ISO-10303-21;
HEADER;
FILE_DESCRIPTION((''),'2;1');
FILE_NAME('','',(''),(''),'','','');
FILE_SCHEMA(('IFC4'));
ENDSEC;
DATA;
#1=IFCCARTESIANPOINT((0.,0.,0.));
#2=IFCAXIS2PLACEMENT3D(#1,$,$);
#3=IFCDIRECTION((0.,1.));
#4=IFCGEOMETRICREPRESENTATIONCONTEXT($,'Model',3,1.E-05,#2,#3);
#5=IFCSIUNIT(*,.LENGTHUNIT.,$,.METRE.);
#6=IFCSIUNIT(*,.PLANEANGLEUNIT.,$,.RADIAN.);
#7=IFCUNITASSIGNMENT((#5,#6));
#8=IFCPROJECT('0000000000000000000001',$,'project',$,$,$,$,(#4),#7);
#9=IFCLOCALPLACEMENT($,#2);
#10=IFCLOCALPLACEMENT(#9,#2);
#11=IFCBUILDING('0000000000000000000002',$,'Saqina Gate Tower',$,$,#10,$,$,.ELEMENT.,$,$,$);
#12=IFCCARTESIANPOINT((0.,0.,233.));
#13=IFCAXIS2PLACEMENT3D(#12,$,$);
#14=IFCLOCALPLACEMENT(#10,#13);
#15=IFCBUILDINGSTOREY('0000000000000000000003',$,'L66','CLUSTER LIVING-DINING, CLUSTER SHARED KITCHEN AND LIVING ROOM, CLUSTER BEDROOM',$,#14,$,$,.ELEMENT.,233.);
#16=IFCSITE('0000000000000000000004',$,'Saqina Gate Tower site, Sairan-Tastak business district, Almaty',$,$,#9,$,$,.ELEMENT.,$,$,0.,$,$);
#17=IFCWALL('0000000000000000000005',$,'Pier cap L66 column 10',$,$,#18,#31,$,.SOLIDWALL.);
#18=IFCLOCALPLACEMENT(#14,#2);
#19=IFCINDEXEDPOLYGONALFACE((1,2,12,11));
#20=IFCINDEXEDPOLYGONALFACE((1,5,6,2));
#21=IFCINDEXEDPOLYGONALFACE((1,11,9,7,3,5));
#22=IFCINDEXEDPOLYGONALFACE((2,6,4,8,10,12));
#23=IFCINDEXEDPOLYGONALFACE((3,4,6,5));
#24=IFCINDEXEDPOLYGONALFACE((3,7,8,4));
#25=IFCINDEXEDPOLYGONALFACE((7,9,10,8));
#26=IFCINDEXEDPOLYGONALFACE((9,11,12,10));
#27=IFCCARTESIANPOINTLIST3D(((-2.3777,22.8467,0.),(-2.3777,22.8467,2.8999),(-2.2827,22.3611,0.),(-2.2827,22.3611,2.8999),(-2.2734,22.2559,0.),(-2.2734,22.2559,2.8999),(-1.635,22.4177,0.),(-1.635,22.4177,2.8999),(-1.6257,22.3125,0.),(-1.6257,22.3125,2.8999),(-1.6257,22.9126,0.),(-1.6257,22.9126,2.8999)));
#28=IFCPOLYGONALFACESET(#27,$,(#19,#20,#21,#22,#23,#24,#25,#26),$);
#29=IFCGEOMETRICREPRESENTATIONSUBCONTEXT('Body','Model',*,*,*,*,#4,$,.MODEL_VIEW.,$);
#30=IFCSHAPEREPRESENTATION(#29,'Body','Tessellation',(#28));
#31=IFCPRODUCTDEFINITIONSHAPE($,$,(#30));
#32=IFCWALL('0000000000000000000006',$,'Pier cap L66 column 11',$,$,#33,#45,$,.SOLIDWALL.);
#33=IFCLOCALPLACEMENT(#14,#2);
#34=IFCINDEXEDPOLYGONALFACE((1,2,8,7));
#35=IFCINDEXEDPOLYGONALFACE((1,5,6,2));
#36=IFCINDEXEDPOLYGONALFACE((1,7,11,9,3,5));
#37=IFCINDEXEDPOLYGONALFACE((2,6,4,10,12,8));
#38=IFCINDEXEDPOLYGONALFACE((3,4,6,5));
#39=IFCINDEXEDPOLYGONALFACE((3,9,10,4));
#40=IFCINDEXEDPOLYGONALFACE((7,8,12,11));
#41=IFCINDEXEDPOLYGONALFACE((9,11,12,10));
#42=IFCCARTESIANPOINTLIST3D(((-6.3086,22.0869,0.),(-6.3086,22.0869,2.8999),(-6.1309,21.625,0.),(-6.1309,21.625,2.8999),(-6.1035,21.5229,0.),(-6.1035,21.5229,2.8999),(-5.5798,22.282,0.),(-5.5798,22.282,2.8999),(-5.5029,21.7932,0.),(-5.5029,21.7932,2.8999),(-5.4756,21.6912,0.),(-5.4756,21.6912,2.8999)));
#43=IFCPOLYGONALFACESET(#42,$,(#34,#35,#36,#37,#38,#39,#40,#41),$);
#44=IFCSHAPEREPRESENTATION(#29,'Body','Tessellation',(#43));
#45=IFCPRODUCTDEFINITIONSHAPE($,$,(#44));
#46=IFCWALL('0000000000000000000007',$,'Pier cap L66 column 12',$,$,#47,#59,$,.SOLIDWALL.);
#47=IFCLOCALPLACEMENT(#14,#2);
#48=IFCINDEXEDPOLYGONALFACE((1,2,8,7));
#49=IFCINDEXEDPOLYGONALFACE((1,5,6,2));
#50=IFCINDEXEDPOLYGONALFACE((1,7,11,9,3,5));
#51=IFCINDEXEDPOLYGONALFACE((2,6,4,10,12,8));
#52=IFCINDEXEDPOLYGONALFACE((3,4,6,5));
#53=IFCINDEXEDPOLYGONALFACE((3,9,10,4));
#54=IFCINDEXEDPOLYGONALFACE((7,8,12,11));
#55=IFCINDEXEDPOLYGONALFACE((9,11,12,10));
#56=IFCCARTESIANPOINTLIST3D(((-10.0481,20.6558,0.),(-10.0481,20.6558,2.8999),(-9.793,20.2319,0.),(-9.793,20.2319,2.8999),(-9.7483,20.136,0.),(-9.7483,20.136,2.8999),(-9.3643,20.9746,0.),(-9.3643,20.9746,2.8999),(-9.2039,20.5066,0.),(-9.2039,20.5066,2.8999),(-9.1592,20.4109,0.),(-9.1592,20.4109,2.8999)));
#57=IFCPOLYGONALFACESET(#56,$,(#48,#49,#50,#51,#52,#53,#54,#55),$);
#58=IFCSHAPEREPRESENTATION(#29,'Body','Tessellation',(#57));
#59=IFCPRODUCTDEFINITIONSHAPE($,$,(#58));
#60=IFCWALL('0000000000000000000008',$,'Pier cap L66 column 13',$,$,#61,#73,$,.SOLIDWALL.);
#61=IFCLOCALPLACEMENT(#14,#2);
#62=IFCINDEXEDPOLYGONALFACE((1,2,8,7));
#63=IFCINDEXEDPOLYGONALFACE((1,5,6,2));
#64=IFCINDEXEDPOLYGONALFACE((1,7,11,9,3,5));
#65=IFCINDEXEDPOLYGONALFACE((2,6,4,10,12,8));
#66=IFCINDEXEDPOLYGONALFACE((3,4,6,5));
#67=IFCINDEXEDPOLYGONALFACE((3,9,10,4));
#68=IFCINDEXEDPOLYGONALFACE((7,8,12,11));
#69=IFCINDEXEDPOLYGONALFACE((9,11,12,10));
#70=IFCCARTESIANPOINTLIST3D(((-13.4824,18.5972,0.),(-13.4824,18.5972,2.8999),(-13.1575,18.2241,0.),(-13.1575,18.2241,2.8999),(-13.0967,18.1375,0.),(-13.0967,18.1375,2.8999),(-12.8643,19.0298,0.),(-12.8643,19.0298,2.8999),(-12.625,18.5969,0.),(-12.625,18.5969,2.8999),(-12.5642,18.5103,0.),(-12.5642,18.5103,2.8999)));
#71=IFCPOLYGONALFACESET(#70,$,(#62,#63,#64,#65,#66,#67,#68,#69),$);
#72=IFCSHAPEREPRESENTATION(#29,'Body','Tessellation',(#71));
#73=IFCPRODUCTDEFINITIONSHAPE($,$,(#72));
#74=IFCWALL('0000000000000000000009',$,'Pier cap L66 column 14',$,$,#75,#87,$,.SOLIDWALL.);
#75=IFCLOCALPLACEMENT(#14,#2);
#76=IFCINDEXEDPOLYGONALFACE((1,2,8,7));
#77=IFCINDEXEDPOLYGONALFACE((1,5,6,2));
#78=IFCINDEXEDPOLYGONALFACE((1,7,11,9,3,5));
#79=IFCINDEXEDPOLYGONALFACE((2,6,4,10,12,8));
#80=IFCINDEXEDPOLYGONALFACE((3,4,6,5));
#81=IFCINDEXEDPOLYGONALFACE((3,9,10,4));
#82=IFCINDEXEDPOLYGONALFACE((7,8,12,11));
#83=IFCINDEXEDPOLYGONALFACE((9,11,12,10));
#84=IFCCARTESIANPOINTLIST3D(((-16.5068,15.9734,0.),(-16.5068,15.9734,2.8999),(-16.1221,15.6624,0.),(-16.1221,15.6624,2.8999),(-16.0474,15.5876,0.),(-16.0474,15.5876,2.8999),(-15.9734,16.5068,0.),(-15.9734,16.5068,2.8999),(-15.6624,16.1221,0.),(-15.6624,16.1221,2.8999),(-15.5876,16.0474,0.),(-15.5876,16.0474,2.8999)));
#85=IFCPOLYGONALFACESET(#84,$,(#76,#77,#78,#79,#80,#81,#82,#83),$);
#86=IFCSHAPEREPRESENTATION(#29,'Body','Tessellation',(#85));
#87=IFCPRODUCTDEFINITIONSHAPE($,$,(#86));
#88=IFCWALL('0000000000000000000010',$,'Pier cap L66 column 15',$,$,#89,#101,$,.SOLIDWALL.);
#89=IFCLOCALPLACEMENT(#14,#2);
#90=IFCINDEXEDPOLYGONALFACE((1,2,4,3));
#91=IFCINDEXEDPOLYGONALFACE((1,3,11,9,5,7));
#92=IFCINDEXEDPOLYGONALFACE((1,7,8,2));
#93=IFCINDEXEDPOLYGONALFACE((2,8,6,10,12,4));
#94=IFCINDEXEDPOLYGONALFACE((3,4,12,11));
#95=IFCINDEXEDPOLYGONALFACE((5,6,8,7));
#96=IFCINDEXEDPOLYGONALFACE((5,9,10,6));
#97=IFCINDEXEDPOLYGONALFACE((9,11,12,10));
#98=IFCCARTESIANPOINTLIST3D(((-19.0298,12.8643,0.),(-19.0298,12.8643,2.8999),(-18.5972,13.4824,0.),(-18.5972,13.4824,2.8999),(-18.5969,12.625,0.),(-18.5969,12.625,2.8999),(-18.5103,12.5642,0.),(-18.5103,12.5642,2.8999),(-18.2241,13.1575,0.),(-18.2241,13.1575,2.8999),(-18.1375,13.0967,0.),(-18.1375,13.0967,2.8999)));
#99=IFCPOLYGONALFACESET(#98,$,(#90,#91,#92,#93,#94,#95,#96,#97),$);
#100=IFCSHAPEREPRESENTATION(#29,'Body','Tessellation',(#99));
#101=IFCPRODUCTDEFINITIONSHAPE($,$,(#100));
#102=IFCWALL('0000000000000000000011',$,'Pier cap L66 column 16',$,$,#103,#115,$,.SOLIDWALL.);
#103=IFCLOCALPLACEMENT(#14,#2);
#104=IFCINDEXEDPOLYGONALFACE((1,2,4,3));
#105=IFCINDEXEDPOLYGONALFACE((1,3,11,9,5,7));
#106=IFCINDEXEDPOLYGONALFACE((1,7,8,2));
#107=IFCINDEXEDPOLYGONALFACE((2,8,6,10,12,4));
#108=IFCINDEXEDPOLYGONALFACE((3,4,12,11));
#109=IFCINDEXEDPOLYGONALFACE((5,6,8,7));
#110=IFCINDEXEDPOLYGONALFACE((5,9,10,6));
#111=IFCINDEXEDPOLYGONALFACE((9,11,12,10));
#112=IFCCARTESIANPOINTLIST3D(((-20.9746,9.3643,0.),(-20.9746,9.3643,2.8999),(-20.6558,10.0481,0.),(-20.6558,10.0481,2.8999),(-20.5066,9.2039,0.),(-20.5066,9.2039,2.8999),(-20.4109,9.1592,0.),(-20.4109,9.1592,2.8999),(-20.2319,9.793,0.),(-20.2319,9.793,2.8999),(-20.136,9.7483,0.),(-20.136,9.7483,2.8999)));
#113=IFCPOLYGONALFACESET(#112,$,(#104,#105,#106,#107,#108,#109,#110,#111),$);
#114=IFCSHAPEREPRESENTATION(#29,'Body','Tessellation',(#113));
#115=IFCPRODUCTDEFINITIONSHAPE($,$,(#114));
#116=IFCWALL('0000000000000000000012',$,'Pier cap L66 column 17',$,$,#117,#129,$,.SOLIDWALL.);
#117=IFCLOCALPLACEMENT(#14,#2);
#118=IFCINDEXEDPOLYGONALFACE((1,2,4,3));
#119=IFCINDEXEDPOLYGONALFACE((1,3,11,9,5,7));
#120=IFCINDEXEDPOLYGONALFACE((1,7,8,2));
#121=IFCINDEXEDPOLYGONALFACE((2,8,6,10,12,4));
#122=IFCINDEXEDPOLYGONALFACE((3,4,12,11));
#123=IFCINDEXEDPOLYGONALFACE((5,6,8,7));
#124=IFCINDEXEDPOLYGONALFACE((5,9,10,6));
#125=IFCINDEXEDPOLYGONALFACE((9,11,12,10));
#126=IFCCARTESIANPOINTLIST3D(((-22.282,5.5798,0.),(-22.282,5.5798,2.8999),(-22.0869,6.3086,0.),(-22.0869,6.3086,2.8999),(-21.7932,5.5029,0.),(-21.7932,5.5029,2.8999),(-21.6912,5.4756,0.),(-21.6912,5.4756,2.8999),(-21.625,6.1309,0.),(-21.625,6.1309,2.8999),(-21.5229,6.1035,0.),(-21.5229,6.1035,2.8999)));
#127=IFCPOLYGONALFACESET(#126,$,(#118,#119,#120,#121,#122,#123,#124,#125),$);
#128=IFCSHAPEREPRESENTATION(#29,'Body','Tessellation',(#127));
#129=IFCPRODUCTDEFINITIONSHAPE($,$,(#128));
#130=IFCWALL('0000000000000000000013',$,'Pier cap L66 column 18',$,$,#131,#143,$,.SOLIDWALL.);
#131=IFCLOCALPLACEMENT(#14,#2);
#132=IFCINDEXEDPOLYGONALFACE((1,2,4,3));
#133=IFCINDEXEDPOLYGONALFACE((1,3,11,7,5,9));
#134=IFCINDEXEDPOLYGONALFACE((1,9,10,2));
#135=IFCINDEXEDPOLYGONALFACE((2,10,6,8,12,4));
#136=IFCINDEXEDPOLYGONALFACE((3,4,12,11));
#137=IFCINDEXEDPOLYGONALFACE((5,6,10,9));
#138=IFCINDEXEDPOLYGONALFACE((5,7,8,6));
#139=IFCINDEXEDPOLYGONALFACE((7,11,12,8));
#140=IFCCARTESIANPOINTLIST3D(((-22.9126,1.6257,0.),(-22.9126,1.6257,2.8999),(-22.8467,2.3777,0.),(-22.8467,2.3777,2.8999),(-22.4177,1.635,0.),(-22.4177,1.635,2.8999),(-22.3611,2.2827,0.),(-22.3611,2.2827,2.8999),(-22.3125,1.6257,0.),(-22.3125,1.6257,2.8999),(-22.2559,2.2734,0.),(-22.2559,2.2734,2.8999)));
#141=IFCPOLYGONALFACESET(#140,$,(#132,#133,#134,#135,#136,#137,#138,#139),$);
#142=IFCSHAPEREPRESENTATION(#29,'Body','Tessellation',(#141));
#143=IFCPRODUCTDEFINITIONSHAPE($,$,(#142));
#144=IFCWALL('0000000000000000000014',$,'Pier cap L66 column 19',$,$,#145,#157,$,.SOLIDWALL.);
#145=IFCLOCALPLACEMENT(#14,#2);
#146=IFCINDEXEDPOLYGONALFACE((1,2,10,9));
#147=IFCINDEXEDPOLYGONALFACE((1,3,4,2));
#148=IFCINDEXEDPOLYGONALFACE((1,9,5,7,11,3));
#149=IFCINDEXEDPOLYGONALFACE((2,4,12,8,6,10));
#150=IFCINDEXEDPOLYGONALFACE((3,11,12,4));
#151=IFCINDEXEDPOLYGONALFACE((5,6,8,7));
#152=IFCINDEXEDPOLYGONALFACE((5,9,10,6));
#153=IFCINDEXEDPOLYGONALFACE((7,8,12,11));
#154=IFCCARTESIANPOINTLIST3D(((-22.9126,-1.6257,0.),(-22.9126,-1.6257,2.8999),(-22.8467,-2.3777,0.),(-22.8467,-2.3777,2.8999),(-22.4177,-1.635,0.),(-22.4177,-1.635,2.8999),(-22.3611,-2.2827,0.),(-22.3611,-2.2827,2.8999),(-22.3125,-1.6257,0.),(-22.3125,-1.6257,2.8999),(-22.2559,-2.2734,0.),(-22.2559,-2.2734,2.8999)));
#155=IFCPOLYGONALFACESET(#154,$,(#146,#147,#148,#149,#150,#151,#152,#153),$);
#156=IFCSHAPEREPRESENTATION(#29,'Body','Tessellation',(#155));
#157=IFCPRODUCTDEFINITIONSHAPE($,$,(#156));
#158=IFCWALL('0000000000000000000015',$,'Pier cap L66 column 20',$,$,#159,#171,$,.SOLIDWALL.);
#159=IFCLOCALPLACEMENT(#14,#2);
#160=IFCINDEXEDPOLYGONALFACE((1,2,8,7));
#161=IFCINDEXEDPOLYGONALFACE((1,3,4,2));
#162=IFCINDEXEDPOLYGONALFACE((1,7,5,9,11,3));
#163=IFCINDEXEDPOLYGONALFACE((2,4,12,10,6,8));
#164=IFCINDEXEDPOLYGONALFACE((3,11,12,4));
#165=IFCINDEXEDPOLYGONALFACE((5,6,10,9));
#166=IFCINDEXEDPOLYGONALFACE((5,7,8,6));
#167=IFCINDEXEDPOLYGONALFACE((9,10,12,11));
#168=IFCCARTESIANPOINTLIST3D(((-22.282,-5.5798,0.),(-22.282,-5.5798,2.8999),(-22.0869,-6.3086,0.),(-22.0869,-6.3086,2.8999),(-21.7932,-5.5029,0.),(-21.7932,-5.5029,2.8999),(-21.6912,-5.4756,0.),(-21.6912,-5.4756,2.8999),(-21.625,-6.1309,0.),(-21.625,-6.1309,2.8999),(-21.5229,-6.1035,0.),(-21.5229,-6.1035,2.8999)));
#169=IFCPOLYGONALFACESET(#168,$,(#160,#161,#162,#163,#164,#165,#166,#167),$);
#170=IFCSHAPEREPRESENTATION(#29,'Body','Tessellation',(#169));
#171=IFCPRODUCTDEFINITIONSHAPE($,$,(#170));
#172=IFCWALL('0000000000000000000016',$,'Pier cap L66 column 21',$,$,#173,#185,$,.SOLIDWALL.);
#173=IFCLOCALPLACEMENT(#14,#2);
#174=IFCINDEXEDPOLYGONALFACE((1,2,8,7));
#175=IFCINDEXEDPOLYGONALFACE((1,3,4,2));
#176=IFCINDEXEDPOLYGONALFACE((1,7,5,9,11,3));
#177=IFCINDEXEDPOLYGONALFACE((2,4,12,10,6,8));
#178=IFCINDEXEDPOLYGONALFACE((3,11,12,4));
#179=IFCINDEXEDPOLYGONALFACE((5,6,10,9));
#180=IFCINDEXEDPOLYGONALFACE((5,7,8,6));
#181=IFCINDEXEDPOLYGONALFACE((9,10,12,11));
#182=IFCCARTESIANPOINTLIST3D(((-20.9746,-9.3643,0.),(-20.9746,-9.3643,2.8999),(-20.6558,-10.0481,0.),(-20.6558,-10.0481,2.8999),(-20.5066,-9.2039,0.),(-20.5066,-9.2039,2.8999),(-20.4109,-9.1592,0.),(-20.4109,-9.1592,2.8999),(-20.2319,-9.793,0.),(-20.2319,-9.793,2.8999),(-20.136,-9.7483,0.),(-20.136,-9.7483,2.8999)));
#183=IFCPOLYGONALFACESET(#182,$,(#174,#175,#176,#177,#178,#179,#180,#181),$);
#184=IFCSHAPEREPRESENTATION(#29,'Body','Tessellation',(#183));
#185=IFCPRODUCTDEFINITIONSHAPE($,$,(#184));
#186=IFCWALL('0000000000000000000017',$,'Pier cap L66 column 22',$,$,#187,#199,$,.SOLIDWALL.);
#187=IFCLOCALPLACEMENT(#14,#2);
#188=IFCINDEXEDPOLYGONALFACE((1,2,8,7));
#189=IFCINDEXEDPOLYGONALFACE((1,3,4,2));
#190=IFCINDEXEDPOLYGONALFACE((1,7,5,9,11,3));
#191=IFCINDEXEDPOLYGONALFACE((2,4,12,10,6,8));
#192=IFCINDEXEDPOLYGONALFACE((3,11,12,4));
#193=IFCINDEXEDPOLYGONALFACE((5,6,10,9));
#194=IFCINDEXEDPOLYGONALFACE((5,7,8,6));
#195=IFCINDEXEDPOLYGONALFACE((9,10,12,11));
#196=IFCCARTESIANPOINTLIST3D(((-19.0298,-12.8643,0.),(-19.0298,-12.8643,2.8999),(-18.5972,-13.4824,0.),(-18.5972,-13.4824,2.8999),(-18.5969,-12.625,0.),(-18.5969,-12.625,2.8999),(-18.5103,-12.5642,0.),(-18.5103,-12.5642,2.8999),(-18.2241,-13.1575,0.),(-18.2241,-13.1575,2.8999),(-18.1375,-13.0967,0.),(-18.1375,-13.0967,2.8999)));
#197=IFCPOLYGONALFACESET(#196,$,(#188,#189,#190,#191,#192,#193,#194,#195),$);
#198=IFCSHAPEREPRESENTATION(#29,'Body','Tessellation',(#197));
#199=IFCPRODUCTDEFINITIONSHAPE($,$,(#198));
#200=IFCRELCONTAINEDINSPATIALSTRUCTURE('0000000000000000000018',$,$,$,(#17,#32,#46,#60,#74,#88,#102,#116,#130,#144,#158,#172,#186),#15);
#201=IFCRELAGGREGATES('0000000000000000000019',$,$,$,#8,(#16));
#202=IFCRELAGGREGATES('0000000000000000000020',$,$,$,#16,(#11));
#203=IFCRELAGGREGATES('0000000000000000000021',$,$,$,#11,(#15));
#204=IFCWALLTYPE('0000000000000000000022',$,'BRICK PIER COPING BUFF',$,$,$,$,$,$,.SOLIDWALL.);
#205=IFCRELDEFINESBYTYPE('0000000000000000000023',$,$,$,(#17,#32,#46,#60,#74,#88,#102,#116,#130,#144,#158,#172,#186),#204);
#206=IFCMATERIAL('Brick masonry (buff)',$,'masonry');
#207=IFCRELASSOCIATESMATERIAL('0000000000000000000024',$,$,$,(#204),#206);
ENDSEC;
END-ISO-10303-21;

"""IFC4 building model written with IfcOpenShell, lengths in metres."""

from ifc_helpers import new_model, si_unit, direction, frame, origin, place, context, subcontext, project, spatial, polyline, outline, extrude, material, type_object, element, save


model = new_model("IFC4")

# Units and contexts
model_context = context("Model", 3, precision=1e-05, world=origin(), true_north=direction((0.0, 1.0)))
body_context = subcontext(model_context, "Body", "Model", "MODEL_VIEW")
ifc_project = project(units=[si_unit("LENGTHUNIT", "METRE"), si_unit("PLANEANGLEUNIT", "RADIAN")], contexts=[model_context])

# Site, building, storey
site_placement = place(None, origin())
site = spatial("IfcSite", under=ifc_project, at=site_placement, Name="Saqina Gate Tower site, Sairan-Tastak business district, Almaty", CompositionType="ELEMENT", RefElevation=0.0)
building_placement = place(site_placement, origin())
building = spatial("IfcBuilding", under=site, at=building_placement, Name="Saqina Gate Tower", CompositionType="ELEMENT")
storey_placement = place(building_placement, frame((0.0, 0.0, 233.0)))
storey = spatial("IfcBuildingStorey", under=building, at=storey_placement, Name="L66", Description="CLUSTER LIVING-DINING, CLUSTER SHARED KITCHEN AND LIVING ROOM, CLUSTER BEDROOM", CompositionType="ELEMENT", Elevation=233.0)

# Walls
ifc_material = material(Name="Brick masonry (buff)", Category="masonry")
wall_type = type_object("IfcWallType", Name="BRICK PIER COPING BUFF", PredefinedType="SOLIDWALL", material=ifc_material)
wall_1_placement = place(storey_placement, origin())
element("IfcWall", 1, at=wall_1_placement, inside=storey, type_object=wall_type, Name="Pier cap L66 column 10", PredefinedType="SOLIDWALL", context=body_context, shape_type="SweptSolid", body=[
    extrude(outline(polyline([(-1.6257, 22.9126), (-2.3777, 22.8467), (-2.2734, 22.2559), (-2.2827, 22.3611), (-1.635, 22.4177), (-1.6257, 22.3125), (-1.6257, 22.9126)])), origin(), (0.0, 0.0, 1.0), 2.8999),
])
wall_2_placement = place(storey_placement, origin())
element("IfcWall", 2, at=wall_2_placement, inside=storey, type_object=wall_type, Name="Pier cap L66 column 11", PredefinedType="SOLIDWALL", context=body_context, shape_type="SweptSolid", body=[
    extrude(outline(polyline([(-6.3086, 22.0869), (-6.1035, 21.5229), (-6.1309, 21.625), (-5.5029, 21.7932), (-5.4756, 21.6912), (-5.5798, 22.282), (-6.3086, 22.0869)])), origin(), (0.0, 0.0, 1.0), 2.8999),
])
wall_3_placement = place(storey_placement, origin())
element("IfcWall", 3, at=wall_3_placement, inside=storey, type_object=wall_type, Name="Pier cap L66 column 12", PredefinedType="SOLIDWALL", context=body_context, shape_type="SweptSolid", body=[
    extrude(outline(polyline([(-9.3643, 20.9746), (-10.0481, 20.6558), (-9.7483, 20.136), (-9.793, 20.2319), (-9.2039, 20.5066), (-9.1592, 20.4109), (-9.3643, 20.9746)])), origin(), (0.0, 0.0, 1.0), 2.8999),
])
wall_4_placement = place(storey_placement, origin())
element("IfcWall", 4, at=wall_4_placement, inside=storey, type_object=wall_type, Name="Pier cap L66 column 13", PredefinedType="SOLIDWALL", context=body_context, shape_type="SweptSolid", body=[
    extrude(outline(polyline([(-12.8643, 19.0298), (-13.4824, 18.5972), (-13.0967, 18.1375), (-13.1575, 18.2241), (-12.625, 18.5969), (-12.5642, 18.5103), (-12.8643, 19.0298)])), origin(), (0.0, 0.0, 1.0), 2.8999),
])
wall_5_placement = place(storey_placement, origin())
element("IfcWall", 5, at=wall_5_placement, inside=storey, type_object=wall_type, Name="Pier cap L66 column 14", PredefinedType="SOLIDWALL", context=body_context, shape_type="SweptSolid", body=[
    extrude(outline(polyline([(-16.5068, 15.9734), (-16.0474, 15.5876), (-16.1221, 15.6624), (-15.6624, 16.1221), (-15.5876, 16.0474), (-15.9734, 16.5068), (-16.5068, 15.9734)])), origin(), (0.0, 0.0, 1.0), 2.8999),
])
wall_6_placement = place(storey_placement, origin())
element("IfcWall", 6, at=wall_6_placement, inside=storey, type_object=wall_type, Name="Pier cap L66 column 15", PredefinedType="SOLIDWALL", context=body_context, shape_type="SweptSolid", body=[
    extrude(outline(polyline([(-19.0298, 12.8643), (-18.5103, 12.5642), (-18.5969, 12.625), (-18.2241, 13.1575), (-18.1375, 13.0967), (-18.5972, 13.4824), (-19.0298, 12.8643)])), origin(), (0.0, 0.0, 1.0), 2.8999),
])
wall_7_placement = place(storey_placement, origin())
element("IfcWall", 7, at=wall_7_placement, inside=storey, type_object=wall_type, Name="Pier cap L66 column 16", PredefinedType="SOLIDWALL", context=body_context, shape_type="SweptSolid", body=[
    extrude(outline(polyline([(-20.6558, 10.0481), (-20.9746, 9.3643), (-20.4109, 9.1592), (-20.5066, 9.2039), (-20.2319, 9.793), (-20.136, 9.7483), (-20.6558, 10.0481)])), origin(), (0.0, 0.0, 1.0), 2.8999),
])
wall_8_placement = place(storey_placement, origin())
element("IfcWall", 8, at=wall_8_placement, inside=storey, type_object=wall_type, Name="Pier cap L66 column 17", PredefinedType="SOLIDWALL", context=body_context, shape_type="SweptSolid", body=[
    extrude(outline(polyline([(-22.282, 5.5798), (-21.6912, 5.4756), (-21.7932, 5.5029), (-21.625, 6.1309), (-21.5229, 6.1035), (-22.0869, 6.3086), (-22.282, 5.5798)])), origin(), (0.0, 0.0, 1.0), 2.8999),
])
wall_9_placement = place(storey_placement, origin())
element("IfcWall", 9, at=wall_9_placement, inside=storey, type_object=wall_type, Name="Pier cap L66 column 18", PredefinedType="SOLIDWALL", context=body_context, shape_type="SweptSolid", body=[
    extrude(outline(polyline([(-22.8467, 2.3777), (-22.9126, 1.6257), (-22.3125, 1.6257), (-22.4177, 1.635), (-22.3611, 2.2827), (-22.2559, 2.2734), (-22.8467, 2.3777)])), origin(), (0.0, 0.0, 1.0), 2.8999),
])
wall_10_placement = place(storey_placement, origin())
element("IfcWall", 10, at=wall_10_placement, inside=storey, type_object=wall_type, Name="Pier cap L66 column 19", PredefinedType="SOLIDWALL", context=body_context, shape_type="SweptSolid", body=[
    extrude(outline(polyline([(-22.9126, -1.6257), (-22.8467, -2.3777), (-22.2559, -2.2734), (-22.3611, -2.2827), (-22.4177, -1.635), (-22.3125, -1.6257), (-22.9126, -1.6257)])), origin(), (0.0, 0.0, 1.0), 2.8999),
])
wall_11_placement = place(storey_placement, origin())
element("IfcWall", 11, at=wall_11_placement, inside=storey, type_object=wall_type, Name="Pier cap L66 column 20", PredefinedType="SOLIDWALL", context=body_context, shape_type="SweptSolid", body=[
    extrude(outline(polyline([(-22.0869, -6.3086), (-21.5229, -6.1035), (-21.625, -6.1309), (-21.7932, -5.5029), (-21.6912, -5.4756), (-22.282, -5.5798), (-22.0869, -6.3086)])), origin(), (0.0, 0.0, 1.0), 2.8999),
])
wall_12_placement = place(storey_placement, origin())
element("IfcWall", 12, at=wall_12_placement, inside=storey, type_object=wall_type, Name="Pier cap L66 column 21", PredefinedType="SOLIDWALL", context=body_context, shape_type="SweptSolid", body=[
    extrude(outline(polyline([(-20.9746, -9.3643), (-20.6558, -10.0481), (-20.136, -9.7483), (-20.2319, -9.793), (-20.5066, -9.2039), (-20.4109, -9.1592), (-20.9746, -9.3643)])), origin(), (0.0, 0.0, 1.0), 2.8999),
])
wall_13_placement = place(storey_placement, origin())
element("IfcWall", 13, at=wall_13_placement, inside=storey, type_object=wall_type, Name="Pier cap L66 column 22", PredefinedType="SOLIDWALL", context=body_context, shape_type="SweptSolid", body=[
    extrude(outline(polyline([(-19.0298, -12.8643), (-18.5972, -13.4824), (-18.1375, -13.0967), (-18.2241, -13.1575), (-18.5969, -12.625), (-18.5103, -12.5642), (-19.0298, -12.8643)])), origin(), (0.0, 0.0, 1.0), 2.8999),
])

save(model, "model.ifc")
